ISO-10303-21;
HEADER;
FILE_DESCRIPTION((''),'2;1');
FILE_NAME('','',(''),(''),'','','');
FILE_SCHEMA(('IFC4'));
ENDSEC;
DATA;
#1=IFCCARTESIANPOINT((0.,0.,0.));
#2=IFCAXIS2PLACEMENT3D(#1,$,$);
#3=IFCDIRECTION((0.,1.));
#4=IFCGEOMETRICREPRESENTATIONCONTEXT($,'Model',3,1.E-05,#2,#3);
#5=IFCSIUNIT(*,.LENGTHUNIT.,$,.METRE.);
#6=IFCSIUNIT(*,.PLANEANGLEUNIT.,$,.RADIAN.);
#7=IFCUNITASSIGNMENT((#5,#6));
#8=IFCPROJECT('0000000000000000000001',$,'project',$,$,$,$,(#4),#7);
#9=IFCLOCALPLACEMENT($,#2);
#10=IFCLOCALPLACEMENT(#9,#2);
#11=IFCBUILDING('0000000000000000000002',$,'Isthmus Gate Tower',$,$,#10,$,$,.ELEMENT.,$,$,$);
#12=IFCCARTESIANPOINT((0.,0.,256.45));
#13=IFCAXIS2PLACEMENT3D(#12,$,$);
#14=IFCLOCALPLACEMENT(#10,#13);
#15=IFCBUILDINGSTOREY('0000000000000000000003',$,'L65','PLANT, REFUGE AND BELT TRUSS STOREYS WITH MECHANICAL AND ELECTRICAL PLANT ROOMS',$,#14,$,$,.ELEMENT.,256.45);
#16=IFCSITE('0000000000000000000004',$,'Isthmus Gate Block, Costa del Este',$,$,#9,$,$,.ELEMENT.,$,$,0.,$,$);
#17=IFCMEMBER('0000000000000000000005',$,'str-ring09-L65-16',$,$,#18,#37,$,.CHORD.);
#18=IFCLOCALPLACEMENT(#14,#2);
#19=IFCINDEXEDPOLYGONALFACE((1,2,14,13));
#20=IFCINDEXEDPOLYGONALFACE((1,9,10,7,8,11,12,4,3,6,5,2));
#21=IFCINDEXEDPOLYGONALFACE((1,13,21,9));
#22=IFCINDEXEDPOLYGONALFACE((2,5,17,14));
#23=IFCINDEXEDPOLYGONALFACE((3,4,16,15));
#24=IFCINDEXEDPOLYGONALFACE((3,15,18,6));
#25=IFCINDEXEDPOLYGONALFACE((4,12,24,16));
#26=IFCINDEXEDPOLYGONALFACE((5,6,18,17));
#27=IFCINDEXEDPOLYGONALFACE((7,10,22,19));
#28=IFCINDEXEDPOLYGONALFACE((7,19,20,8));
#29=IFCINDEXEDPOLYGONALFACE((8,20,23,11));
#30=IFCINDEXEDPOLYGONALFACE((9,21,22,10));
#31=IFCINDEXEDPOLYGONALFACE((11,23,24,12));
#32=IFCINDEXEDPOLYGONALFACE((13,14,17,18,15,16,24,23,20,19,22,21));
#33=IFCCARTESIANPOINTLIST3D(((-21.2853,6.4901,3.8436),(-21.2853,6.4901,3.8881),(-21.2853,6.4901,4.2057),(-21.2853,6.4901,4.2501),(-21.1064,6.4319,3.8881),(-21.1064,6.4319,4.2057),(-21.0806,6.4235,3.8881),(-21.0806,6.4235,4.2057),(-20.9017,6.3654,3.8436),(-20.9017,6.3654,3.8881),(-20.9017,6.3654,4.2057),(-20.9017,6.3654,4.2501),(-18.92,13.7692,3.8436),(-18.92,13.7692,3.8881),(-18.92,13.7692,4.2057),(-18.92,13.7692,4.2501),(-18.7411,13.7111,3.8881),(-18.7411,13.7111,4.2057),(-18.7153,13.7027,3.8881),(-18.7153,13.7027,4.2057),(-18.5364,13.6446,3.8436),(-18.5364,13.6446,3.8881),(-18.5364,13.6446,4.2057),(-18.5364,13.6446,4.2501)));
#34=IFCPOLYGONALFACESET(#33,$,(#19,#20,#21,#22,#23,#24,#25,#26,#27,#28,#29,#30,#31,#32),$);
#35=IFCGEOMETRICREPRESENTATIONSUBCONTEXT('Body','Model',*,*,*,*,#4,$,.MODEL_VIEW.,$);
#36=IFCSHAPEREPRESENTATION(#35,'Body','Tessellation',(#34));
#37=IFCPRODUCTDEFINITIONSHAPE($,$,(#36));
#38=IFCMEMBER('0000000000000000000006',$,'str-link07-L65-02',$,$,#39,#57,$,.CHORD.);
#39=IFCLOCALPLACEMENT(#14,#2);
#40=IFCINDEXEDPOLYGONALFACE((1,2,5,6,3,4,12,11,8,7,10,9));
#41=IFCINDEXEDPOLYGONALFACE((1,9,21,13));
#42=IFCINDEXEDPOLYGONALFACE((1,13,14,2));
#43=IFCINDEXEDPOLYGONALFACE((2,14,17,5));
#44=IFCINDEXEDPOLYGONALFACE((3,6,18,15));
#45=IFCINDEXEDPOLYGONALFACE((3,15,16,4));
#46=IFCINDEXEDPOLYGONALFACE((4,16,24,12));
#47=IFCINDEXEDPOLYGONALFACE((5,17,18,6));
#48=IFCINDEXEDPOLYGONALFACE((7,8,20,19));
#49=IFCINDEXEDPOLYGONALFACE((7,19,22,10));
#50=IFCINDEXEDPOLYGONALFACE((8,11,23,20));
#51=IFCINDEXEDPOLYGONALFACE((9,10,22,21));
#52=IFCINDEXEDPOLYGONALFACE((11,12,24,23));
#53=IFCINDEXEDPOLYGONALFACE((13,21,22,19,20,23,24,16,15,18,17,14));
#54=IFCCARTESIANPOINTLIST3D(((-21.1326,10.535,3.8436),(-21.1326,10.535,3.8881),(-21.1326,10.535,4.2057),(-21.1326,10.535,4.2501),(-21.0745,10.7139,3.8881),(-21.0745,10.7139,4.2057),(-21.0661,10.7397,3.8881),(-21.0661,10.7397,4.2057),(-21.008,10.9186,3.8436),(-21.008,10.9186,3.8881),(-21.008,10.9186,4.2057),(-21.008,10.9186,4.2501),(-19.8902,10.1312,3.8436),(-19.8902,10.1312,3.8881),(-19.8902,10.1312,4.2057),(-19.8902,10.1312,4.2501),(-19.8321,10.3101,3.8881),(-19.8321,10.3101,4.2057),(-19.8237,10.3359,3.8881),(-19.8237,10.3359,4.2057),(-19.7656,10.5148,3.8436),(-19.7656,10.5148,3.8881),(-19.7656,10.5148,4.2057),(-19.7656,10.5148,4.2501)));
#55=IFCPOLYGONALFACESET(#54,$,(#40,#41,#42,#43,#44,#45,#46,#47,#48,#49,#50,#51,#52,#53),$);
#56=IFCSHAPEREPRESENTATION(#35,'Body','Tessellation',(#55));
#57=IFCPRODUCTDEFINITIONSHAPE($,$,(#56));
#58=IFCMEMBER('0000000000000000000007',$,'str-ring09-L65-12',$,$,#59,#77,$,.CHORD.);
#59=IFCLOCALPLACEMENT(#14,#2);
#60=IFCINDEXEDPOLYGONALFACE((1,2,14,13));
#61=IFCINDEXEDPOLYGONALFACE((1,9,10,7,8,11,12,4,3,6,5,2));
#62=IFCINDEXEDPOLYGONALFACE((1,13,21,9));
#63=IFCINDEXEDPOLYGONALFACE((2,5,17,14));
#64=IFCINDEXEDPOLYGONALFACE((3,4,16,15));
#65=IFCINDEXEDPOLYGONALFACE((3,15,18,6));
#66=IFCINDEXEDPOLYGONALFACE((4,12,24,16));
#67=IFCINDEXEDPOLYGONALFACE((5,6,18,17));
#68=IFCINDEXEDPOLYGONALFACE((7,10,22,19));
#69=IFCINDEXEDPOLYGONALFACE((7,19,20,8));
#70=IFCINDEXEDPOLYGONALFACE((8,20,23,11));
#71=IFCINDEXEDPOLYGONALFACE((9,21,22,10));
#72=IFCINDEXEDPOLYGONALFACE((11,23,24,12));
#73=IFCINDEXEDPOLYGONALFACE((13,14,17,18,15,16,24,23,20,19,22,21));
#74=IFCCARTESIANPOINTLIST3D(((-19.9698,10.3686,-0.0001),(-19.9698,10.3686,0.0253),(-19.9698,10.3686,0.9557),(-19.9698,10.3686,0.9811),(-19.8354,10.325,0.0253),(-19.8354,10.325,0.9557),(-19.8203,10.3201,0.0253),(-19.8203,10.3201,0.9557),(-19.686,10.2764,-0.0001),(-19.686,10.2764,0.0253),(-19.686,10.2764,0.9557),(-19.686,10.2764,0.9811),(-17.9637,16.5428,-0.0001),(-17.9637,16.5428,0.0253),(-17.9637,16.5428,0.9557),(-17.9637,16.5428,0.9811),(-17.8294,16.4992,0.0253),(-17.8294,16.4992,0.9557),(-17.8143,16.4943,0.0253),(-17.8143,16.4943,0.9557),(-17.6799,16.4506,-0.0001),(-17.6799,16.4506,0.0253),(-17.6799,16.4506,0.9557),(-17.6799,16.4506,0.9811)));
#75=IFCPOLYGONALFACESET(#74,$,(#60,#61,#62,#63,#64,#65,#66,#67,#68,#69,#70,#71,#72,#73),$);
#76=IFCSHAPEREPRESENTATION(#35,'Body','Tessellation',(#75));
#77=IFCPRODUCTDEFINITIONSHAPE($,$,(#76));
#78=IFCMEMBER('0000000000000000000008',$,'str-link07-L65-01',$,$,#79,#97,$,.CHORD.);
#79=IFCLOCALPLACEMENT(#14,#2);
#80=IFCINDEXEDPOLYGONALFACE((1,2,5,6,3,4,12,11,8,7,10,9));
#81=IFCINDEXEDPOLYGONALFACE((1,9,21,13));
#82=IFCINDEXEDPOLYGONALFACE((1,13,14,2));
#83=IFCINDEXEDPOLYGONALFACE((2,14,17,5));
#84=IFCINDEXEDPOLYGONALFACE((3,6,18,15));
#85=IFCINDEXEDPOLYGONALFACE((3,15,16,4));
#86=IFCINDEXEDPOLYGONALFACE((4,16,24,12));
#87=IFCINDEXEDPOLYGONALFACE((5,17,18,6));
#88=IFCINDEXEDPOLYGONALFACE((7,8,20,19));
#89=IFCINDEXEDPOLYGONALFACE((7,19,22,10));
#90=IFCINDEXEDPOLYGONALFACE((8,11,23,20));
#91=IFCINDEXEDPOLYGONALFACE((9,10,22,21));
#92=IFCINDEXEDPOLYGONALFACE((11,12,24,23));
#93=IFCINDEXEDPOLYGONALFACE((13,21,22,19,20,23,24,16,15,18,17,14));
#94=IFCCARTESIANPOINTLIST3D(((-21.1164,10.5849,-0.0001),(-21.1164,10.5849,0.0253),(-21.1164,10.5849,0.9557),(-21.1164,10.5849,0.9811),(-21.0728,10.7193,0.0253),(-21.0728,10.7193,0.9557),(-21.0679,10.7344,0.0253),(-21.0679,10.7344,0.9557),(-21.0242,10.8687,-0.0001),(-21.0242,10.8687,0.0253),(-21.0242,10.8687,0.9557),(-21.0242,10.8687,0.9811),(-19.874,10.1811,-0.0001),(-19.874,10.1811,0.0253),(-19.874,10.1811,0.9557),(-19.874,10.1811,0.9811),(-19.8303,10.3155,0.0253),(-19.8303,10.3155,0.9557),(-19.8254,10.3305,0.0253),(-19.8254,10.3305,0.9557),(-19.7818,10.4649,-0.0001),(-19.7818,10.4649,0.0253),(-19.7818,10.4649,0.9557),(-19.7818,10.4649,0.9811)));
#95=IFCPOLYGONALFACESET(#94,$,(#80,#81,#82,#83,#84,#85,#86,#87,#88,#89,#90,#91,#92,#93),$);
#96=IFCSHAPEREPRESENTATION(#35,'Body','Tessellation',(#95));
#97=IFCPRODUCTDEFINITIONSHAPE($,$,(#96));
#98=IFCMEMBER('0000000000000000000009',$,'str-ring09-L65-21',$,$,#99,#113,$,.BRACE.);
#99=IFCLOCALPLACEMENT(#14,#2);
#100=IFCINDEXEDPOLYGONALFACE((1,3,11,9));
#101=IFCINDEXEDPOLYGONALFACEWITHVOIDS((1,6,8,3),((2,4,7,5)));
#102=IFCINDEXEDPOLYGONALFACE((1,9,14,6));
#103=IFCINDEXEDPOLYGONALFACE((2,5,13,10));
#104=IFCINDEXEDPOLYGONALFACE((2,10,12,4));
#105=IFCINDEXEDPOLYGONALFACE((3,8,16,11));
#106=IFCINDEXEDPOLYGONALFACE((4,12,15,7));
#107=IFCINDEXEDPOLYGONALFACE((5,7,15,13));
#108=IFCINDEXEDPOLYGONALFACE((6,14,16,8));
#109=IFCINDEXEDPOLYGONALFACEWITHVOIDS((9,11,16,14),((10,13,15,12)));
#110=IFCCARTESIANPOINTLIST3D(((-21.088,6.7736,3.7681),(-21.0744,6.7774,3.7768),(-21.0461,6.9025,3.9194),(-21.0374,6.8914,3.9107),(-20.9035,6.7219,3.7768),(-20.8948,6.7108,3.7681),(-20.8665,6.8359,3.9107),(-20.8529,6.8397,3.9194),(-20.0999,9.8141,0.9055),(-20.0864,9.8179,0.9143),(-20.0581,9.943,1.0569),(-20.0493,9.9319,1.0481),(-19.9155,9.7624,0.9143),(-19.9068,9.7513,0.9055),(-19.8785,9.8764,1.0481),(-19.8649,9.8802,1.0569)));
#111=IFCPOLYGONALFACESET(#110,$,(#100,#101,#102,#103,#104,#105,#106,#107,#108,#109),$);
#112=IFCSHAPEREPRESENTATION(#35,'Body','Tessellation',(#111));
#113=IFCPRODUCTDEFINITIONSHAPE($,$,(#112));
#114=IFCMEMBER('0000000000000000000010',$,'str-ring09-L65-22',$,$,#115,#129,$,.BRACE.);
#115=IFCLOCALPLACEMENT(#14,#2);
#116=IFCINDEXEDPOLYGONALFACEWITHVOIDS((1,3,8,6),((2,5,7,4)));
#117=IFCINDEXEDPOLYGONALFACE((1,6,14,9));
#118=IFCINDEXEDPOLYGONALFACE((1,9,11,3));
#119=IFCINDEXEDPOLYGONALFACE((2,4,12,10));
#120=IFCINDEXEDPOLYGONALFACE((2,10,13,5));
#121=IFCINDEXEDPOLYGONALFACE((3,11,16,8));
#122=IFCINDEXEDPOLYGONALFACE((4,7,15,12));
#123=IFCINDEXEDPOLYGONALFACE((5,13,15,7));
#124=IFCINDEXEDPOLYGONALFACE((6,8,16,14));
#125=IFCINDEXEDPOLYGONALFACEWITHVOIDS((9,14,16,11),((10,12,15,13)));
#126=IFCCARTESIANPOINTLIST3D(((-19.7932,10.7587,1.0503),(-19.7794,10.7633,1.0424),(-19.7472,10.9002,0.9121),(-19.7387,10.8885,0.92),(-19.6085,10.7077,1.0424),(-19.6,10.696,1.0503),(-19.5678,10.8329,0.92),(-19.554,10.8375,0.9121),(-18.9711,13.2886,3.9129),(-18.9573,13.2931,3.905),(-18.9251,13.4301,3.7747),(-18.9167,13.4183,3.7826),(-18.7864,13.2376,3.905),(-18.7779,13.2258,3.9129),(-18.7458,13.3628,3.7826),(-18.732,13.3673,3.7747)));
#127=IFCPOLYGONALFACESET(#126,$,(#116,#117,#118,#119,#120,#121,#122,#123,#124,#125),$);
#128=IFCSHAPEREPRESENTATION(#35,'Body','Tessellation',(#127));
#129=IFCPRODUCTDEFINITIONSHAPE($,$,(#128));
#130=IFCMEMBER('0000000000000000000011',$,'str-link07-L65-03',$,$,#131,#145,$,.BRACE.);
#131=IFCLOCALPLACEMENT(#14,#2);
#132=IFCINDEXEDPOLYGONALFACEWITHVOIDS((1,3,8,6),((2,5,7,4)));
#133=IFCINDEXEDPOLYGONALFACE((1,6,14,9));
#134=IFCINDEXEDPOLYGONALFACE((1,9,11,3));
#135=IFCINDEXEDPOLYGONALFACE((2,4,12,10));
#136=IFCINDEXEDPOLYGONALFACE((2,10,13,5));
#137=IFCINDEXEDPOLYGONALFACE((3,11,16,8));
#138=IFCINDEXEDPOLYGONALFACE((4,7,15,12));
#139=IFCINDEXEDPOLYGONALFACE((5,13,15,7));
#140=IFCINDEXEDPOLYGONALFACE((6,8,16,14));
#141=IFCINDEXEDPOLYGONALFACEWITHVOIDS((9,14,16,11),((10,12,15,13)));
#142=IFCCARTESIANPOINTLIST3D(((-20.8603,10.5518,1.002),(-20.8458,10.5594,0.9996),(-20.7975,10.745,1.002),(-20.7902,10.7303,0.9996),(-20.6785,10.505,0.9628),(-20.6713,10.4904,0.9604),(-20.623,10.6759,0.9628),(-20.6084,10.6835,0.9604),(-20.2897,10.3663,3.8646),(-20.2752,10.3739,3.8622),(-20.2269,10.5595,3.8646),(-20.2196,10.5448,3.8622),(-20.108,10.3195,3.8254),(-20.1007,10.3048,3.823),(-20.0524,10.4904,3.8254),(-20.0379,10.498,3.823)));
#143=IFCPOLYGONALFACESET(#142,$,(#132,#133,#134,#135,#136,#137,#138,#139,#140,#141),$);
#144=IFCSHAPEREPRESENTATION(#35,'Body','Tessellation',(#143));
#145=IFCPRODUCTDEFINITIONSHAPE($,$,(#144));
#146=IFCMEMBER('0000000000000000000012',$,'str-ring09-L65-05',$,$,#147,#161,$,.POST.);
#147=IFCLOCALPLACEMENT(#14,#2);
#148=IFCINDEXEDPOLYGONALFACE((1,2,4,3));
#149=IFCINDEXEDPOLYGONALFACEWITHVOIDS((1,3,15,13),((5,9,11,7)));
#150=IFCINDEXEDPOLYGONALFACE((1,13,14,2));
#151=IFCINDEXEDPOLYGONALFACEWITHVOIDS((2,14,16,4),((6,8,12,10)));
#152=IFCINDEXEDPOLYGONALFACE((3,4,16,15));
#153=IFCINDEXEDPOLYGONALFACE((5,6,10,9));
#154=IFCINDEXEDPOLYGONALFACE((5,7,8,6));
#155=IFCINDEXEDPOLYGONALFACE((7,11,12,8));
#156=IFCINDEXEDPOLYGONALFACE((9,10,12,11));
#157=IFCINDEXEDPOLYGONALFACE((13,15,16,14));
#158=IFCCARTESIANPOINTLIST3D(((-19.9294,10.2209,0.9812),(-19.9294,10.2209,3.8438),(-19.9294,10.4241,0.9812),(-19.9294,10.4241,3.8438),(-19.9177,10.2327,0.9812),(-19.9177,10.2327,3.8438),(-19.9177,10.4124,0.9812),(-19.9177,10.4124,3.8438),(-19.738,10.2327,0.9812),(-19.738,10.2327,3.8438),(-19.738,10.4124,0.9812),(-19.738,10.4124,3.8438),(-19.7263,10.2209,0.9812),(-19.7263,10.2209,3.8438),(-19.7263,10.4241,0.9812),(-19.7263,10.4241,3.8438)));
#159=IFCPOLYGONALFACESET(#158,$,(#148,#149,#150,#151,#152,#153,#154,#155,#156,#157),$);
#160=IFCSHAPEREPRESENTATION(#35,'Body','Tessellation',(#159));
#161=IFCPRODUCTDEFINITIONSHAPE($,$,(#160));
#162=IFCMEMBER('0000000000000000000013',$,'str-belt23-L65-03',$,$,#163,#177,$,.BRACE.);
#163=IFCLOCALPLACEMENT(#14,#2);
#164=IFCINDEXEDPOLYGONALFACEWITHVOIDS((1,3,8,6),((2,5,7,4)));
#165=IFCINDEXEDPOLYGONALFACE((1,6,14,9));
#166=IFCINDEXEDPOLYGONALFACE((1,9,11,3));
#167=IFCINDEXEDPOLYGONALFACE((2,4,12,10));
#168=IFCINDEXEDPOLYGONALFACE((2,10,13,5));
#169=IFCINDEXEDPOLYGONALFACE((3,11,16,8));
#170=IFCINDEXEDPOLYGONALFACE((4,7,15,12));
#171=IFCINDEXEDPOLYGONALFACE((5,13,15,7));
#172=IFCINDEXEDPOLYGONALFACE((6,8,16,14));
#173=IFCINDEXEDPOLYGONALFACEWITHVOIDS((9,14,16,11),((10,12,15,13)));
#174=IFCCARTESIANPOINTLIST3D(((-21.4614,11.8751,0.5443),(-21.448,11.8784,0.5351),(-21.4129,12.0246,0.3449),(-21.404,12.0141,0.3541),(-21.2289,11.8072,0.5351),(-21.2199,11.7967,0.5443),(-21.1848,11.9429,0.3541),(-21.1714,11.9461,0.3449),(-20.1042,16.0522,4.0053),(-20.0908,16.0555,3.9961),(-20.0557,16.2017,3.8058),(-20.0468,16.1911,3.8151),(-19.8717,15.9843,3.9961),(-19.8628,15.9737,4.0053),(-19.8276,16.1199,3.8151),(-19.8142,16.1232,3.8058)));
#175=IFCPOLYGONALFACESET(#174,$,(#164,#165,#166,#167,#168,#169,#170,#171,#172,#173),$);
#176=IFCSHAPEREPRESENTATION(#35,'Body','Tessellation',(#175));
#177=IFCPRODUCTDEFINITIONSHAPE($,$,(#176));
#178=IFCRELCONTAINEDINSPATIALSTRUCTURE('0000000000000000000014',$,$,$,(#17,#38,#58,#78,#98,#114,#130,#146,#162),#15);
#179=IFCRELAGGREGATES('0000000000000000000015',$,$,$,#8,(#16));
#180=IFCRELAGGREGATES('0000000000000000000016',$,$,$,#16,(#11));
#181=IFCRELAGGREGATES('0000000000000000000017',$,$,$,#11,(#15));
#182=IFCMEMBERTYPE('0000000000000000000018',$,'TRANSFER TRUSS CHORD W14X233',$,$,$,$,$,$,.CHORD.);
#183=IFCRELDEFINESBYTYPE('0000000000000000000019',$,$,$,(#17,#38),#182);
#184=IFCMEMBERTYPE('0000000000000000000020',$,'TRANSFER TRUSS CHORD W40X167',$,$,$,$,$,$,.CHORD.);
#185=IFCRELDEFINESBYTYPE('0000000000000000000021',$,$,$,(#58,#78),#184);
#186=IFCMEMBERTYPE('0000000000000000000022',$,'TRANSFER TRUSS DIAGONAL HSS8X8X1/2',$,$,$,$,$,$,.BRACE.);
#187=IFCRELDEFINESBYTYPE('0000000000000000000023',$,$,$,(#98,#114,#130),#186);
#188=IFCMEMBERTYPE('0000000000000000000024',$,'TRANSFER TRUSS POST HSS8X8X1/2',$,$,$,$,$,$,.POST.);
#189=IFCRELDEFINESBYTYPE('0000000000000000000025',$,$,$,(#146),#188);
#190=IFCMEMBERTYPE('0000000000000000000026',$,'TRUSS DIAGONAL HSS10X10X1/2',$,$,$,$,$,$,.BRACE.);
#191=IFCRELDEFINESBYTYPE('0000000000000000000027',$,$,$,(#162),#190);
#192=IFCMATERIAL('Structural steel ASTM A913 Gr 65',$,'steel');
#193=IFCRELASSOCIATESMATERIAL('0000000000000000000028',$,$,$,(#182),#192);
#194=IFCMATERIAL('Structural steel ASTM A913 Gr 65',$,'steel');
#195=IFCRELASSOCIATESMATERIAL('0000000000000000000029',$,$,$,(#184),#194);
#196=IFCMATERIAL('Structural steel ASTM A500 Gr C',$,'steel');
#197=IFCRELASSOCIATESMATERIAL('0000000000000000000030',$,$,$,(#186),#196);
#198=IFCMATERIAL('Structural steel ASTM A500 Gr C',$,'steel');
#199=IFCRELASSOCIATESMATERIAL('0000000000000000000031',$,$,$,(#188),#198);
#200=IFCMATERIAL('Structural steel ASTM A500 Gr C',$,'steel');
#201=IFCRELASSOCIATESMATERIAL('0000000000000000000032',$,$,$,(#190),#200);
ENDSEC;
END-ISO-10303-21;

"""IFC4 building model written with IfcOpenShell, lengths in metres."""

from ifc_helpers import new_model, si_unit, direction, frame, origin, origin_2d, place, context, subcontext, project, spatial, hollow_rectangle, i_section, extrude, material, material_profile, profile_set, type_object, element, save


model = new_model("IFC4")

# Units and contexts
model_context = context("Model", 3, precision=1e-05, world=origin(), true_north=direction((0.0, 1.0)))
body_context = subcontext(model_context, "Body", "Model", "MODEL_VIEW")
ifc_project = project(units=[si_unit("LENGTHUNIT", "METRE"), si_unit("PLANEANGLEUNIT", "RADIAN")], contexts=[model_context])

# Site, building, storey
site_placement = place(None, origin())
site = spatial("IfcSite", under=ifc_project, at=site_placement, Name="Isthmus Gate Block, Costa del Este", CompositionType="ELEMENT", RefElevation=0.0)
building_placement = place(site_placement, origin())
building = spatial("IfcBuilding", under=site, at=building_placement, Name="Isthmus Gate Tower", CompositionType="ELEMENT")
storey_placement = place(building_placement, frame((0.0, 0.0, 256.45)))
storey = spatial("IfcBuildingStorey", under=building, at=storey_placement, Name="L65", Description="PLANT, REFUGE AND BELT TRUSS STOREYS WITH MECHANICAL AND ELECTRICAL PLANT ROOMS", CompositionType="ELEMENT", Elevation=256.45)

# Members
ifc_material_1 = material(Name="Structural steel ASTM A913 Gr 65", Category="steel")
ifc_material_profile_1 = material_profile(ifc_material_1, i_section(OverallWidth=0.4033, OverallDepth=0.4065, WebThickness=0.0271, FlangeThickness=0.0444, at=origin_2d()), Name="W14X233")
ifc_profile_set_1 = profile_set([ifc_material_profile_1], Name="Structural steel ASTM A913 Gr 65")
member_type_1 = type_object("IfcMemberType", Name="TRANSFER TRUSS CHORD W14X233", PredefinedType="CHORD", material=ifc_profile_set_1)
member_1_placement = place(storey_placement, frame((-21.0935, 6.4277, 4.0469), z_axis=(0.309032, 0.951052, 0.0), x_axis=(-0.951052, 0.309032, 0.0)))
element("IfcMember", 1, at=member_1_placement, inside=storey, type_object=member_type_1, Name="str-ring09-L65-16", PredefinedType="CHORD", context=body_context, shape_type="SweptSolid", body=[
    extrude(i_section(OverallWidth=0.4033, OverallDepth=0.4065, WebThickness=0.0271, FlangeThickness=0.0444, at=origin_2d()), origin(), (0.0, 0.0, 1.0), 7.6538),
])
member_2_placement = place(storey_placement, frame((-21.0703, 10.7268, 4.0469), z_axis=(0.95103, -0.309099, 0.0), x_axis=(0.309099, 0.95103, 0.0)))
element("IfcMember", 2, at=member_2_placement, inside=storey, type_object=member_type_1, Name="str-link07-L65-02", PredefinedType="CHORD", context=body_context, shape_type="SweptSolid", body=[
    extrude(i_section(OverallWidth=0.4033, OverallDepth=0.4065, WebThickness=0.0271, FlangeThickness=0.0444, at=origin_2d()), origin(), (0.0, 0.0, 1.0), 1.3064),
])
ifc_material_2 = material(Name="Structural steel ASTM A913 Gr 65", Category="steel")
ifc_material_profile_2 = material_profile(ifc_material_2, i_section(OverallWidth=0.2983, OverallDepth=0.9812, WebThickness=0.0159, FlangeThickness=0.0254, at=origin_2d()), Name="W40X167")
ifc_profile_set_2 = profile_set([ifc_material_profile_2], Name="Structural steel ASTM A913 Gr 65")
member_type_2 = type_object("IfcMemberType", Name="TRANSFER TRUSS CHORD W40X167", PredefinedType="CHORD", material=ifc_profile_set_2)
member_3_placement = place(storey_placement, frame((-19.8279, 10.3225, 0.4905), z_axis=(0.30901, 0.951059, 0.0), x_axis=(-0.951059, 0.30901, 0.0)))
element("IfcMember", 3, at=member_3_placement, inside=storey, type_object=member_type_2, Name="str-ring09-L65-12", PredefinedType="CHORD", context=body_context, shape_type="SweptSolid", body=[
    extrude(i_section(OverallWidth=0.2983, OverallDepth=0.9812, WebThickness=0.0159, FlangeThickness=0.0254, at=origin_2d()), origin(), (0.0, 0.0, 1.0), 6.4919),
])
member_4_placement = place(storey_placement, frame((-21.0703, 10.7268, 0.4905), z_axis=(0.95103, -0.309099, 0.0), x_axis=(0.309099, 0.95103, 0.0)))
element("IfcMember", 4, at=member_4_placement, inside=storey, type_object=member_type_2, Name="str-link07-L65-01", PredefinedType="CHORD", context=body_context, shape_type="SweptSolid", body=[
    extrude(i_section(OverallWidth=0.2983, OverallDepth=0.9812, WebThickness=0.0159, FlangeThickness=0.0254, at=origin_2d()), origin(), (0.0, 0.0, 1.0), 1.3064),
])
ifc_material_3 = material(Name="Structural steel ASTM A500 Gr C", Category="steel")
ifc_material_profile_3 = material_profile(ifc_material_3, hollow_rectangle(XDim=0.2031, YDim=0.2031, WallThickness=0.0117, at=origin_2d()), Name="HSS8X8X1/2")
ifc_profile_set_3 = profile_set([ifc_material_profile_3], Name="Structural steel ASTM A500 Gr C")
member_type_3 = type_object("IfcMemberType", Name="TRANSFER TRUSS DIAGONAL HSS8X8X1/2", PredefinedType="BRACE", material=ifc_profile_set_3)
member_5_placement = place(storey_placement, frame((-19.9824, 9.8472, 0.9812), z_axis=(-0.230242, -0.708534, 0.667059), x_axis=(0.951046, -0.309048, 0.0)))
element("IfcMember", 5, at=member_5_placement, inside=storey, type_object=member_type_3, Name="str-ring09-L65-21", PredefinedType="BRACE", context=body_context, shape_type="SweptSolid", body=[
    extrude(hollow_rectangle(XDim=0.2031, YDim=0.2031, WallThickness=0.0117, at=origin_2d()), origin(), (0.0, 0.0, 1.0), 4.2913),
])
member_6_placement = place(storey_placement, frame((-19.6736, 10.7981, 0.9812), z_axis=(0.210362, 0.647393, 0.73255), x_axis=(-0.951052, 0.309032, 0.0)))
element("IfcMember", 6, at=member_6_placement, inside=storey, type_object=member_type_3, Name="str-ring09-L65-22", PredefinedType="BRACE", context=body_context, shape_type="SweptSolid", body=[
    extrude(hollow_rectangle(XDim=0.2031, YDim=0.2031, WallThickness=0.0117, at=origin_2d()), origin(), (0.0, 0.0, 1.0), 3.9077),
])
member_7_placement = place(storey_placement, frame((-20.7344, 10.6177, 0.9812), z_axis=(0.195079, -0.06344, 0.978734), x_axis=(0.309261, 0.950977, 0.0)))
element("IfcMember", 7, at=member_7_placement, inside=storey, type_object=member_type_3, Name="str-link07-L65-03", PredefinedType="BRACE", context=body_context, shape_type="SweptSolid", body=[
    extrude(hollow_rectangle(XDim=0.2031, YDim=0.2031, WallThickness=0.0117, at=origin_2d()), origin(), (0.0, 0.0, 1.0), 2.9248),
])
ifc_material_4 = material(Name="Structural steel ASTM A500 Gr C", Category="steel")
ifc_material_profile_4 = material_profile(ifc_material_4, hollow_rectangle(XDim=0.2031, YDim=0.2031, WallThickness=0.0117, at=origin_2d()), Name="HSS8X8X1/2")
ifc_profile_set_4 = profile_set([ifc_material_profile_4], Name="Structural steel ASTM A500 Gr C")
member_type_4 = type_object("IfcMemberType", Name="TRANSFER TRUSS POST HSS8X8X1/2", PredefinedType="POST", material=ifc_profile_set_4)
member_8_placement = place(storey_placement, frame((-19.8279, 10.3225, 0.9812), z_axis=(0.0, 0.0, 1.0), x_axis=(1.0, 0.0, 0.0)))
element("IfcMember", 8, at=member_8_placement, inside=storey, type_object=member_type_4, Name="str-ring09-L65-05", PredefinedType="POST", context=body_context, shape_type="SweptSolid", body=[
    extrude(hollow_rectangle(XDim=0.2031, YDim=0.2031, WallThickness=0.0117, at=origin_2d()), origin(), (0.0, 0.0, 1.0), 2.8625),
])
ifc_material_5 = material(Name="Structural steel ASTM A500 Gr C", Category="steel")
ifc_material_profile_5 = material_profile(ifc_material_5, hollow_rectangle(XDim=0.2539, YDim=0.2539, WallThickness=0.0117, at=origin_2d()), Name="HSS10X10X1/2")
ifc_profile_set_5 = profile_set([ifc_material_profile_5], Name="Structural steel ASTM A500 Gr C")
member_type_5 = type_object("IfcMemberType", Name="TRUSS DIAGONAL HSS10X10X1/2", PredefinedType="BRACE", material=ifc_profile_set_5)
member_9_placement = place(storey_placement, frame((-21.3164, 11.9106, 0.4446), z_axis=(0.242712, 0.746997, 0.618939), x_axis=(-0.951057, 0.309014, 0.0)))
element("IfcMember", 9, at=member_9_placement, inside=storey, type_object=member_type_5, Name="str-belt23-L65-03", PredefinedType="BRACE", context=body_context, shape_type="SweptSolid", body=[
    extrude(hollow_rectangle(XDim=0.2539, YDim=0.2539, WallThickness=0.0117, at=origin_2d()), origin(), (0.0, 0.0, 1.0), 5.5918),
])

save(model, "model.ifc")
